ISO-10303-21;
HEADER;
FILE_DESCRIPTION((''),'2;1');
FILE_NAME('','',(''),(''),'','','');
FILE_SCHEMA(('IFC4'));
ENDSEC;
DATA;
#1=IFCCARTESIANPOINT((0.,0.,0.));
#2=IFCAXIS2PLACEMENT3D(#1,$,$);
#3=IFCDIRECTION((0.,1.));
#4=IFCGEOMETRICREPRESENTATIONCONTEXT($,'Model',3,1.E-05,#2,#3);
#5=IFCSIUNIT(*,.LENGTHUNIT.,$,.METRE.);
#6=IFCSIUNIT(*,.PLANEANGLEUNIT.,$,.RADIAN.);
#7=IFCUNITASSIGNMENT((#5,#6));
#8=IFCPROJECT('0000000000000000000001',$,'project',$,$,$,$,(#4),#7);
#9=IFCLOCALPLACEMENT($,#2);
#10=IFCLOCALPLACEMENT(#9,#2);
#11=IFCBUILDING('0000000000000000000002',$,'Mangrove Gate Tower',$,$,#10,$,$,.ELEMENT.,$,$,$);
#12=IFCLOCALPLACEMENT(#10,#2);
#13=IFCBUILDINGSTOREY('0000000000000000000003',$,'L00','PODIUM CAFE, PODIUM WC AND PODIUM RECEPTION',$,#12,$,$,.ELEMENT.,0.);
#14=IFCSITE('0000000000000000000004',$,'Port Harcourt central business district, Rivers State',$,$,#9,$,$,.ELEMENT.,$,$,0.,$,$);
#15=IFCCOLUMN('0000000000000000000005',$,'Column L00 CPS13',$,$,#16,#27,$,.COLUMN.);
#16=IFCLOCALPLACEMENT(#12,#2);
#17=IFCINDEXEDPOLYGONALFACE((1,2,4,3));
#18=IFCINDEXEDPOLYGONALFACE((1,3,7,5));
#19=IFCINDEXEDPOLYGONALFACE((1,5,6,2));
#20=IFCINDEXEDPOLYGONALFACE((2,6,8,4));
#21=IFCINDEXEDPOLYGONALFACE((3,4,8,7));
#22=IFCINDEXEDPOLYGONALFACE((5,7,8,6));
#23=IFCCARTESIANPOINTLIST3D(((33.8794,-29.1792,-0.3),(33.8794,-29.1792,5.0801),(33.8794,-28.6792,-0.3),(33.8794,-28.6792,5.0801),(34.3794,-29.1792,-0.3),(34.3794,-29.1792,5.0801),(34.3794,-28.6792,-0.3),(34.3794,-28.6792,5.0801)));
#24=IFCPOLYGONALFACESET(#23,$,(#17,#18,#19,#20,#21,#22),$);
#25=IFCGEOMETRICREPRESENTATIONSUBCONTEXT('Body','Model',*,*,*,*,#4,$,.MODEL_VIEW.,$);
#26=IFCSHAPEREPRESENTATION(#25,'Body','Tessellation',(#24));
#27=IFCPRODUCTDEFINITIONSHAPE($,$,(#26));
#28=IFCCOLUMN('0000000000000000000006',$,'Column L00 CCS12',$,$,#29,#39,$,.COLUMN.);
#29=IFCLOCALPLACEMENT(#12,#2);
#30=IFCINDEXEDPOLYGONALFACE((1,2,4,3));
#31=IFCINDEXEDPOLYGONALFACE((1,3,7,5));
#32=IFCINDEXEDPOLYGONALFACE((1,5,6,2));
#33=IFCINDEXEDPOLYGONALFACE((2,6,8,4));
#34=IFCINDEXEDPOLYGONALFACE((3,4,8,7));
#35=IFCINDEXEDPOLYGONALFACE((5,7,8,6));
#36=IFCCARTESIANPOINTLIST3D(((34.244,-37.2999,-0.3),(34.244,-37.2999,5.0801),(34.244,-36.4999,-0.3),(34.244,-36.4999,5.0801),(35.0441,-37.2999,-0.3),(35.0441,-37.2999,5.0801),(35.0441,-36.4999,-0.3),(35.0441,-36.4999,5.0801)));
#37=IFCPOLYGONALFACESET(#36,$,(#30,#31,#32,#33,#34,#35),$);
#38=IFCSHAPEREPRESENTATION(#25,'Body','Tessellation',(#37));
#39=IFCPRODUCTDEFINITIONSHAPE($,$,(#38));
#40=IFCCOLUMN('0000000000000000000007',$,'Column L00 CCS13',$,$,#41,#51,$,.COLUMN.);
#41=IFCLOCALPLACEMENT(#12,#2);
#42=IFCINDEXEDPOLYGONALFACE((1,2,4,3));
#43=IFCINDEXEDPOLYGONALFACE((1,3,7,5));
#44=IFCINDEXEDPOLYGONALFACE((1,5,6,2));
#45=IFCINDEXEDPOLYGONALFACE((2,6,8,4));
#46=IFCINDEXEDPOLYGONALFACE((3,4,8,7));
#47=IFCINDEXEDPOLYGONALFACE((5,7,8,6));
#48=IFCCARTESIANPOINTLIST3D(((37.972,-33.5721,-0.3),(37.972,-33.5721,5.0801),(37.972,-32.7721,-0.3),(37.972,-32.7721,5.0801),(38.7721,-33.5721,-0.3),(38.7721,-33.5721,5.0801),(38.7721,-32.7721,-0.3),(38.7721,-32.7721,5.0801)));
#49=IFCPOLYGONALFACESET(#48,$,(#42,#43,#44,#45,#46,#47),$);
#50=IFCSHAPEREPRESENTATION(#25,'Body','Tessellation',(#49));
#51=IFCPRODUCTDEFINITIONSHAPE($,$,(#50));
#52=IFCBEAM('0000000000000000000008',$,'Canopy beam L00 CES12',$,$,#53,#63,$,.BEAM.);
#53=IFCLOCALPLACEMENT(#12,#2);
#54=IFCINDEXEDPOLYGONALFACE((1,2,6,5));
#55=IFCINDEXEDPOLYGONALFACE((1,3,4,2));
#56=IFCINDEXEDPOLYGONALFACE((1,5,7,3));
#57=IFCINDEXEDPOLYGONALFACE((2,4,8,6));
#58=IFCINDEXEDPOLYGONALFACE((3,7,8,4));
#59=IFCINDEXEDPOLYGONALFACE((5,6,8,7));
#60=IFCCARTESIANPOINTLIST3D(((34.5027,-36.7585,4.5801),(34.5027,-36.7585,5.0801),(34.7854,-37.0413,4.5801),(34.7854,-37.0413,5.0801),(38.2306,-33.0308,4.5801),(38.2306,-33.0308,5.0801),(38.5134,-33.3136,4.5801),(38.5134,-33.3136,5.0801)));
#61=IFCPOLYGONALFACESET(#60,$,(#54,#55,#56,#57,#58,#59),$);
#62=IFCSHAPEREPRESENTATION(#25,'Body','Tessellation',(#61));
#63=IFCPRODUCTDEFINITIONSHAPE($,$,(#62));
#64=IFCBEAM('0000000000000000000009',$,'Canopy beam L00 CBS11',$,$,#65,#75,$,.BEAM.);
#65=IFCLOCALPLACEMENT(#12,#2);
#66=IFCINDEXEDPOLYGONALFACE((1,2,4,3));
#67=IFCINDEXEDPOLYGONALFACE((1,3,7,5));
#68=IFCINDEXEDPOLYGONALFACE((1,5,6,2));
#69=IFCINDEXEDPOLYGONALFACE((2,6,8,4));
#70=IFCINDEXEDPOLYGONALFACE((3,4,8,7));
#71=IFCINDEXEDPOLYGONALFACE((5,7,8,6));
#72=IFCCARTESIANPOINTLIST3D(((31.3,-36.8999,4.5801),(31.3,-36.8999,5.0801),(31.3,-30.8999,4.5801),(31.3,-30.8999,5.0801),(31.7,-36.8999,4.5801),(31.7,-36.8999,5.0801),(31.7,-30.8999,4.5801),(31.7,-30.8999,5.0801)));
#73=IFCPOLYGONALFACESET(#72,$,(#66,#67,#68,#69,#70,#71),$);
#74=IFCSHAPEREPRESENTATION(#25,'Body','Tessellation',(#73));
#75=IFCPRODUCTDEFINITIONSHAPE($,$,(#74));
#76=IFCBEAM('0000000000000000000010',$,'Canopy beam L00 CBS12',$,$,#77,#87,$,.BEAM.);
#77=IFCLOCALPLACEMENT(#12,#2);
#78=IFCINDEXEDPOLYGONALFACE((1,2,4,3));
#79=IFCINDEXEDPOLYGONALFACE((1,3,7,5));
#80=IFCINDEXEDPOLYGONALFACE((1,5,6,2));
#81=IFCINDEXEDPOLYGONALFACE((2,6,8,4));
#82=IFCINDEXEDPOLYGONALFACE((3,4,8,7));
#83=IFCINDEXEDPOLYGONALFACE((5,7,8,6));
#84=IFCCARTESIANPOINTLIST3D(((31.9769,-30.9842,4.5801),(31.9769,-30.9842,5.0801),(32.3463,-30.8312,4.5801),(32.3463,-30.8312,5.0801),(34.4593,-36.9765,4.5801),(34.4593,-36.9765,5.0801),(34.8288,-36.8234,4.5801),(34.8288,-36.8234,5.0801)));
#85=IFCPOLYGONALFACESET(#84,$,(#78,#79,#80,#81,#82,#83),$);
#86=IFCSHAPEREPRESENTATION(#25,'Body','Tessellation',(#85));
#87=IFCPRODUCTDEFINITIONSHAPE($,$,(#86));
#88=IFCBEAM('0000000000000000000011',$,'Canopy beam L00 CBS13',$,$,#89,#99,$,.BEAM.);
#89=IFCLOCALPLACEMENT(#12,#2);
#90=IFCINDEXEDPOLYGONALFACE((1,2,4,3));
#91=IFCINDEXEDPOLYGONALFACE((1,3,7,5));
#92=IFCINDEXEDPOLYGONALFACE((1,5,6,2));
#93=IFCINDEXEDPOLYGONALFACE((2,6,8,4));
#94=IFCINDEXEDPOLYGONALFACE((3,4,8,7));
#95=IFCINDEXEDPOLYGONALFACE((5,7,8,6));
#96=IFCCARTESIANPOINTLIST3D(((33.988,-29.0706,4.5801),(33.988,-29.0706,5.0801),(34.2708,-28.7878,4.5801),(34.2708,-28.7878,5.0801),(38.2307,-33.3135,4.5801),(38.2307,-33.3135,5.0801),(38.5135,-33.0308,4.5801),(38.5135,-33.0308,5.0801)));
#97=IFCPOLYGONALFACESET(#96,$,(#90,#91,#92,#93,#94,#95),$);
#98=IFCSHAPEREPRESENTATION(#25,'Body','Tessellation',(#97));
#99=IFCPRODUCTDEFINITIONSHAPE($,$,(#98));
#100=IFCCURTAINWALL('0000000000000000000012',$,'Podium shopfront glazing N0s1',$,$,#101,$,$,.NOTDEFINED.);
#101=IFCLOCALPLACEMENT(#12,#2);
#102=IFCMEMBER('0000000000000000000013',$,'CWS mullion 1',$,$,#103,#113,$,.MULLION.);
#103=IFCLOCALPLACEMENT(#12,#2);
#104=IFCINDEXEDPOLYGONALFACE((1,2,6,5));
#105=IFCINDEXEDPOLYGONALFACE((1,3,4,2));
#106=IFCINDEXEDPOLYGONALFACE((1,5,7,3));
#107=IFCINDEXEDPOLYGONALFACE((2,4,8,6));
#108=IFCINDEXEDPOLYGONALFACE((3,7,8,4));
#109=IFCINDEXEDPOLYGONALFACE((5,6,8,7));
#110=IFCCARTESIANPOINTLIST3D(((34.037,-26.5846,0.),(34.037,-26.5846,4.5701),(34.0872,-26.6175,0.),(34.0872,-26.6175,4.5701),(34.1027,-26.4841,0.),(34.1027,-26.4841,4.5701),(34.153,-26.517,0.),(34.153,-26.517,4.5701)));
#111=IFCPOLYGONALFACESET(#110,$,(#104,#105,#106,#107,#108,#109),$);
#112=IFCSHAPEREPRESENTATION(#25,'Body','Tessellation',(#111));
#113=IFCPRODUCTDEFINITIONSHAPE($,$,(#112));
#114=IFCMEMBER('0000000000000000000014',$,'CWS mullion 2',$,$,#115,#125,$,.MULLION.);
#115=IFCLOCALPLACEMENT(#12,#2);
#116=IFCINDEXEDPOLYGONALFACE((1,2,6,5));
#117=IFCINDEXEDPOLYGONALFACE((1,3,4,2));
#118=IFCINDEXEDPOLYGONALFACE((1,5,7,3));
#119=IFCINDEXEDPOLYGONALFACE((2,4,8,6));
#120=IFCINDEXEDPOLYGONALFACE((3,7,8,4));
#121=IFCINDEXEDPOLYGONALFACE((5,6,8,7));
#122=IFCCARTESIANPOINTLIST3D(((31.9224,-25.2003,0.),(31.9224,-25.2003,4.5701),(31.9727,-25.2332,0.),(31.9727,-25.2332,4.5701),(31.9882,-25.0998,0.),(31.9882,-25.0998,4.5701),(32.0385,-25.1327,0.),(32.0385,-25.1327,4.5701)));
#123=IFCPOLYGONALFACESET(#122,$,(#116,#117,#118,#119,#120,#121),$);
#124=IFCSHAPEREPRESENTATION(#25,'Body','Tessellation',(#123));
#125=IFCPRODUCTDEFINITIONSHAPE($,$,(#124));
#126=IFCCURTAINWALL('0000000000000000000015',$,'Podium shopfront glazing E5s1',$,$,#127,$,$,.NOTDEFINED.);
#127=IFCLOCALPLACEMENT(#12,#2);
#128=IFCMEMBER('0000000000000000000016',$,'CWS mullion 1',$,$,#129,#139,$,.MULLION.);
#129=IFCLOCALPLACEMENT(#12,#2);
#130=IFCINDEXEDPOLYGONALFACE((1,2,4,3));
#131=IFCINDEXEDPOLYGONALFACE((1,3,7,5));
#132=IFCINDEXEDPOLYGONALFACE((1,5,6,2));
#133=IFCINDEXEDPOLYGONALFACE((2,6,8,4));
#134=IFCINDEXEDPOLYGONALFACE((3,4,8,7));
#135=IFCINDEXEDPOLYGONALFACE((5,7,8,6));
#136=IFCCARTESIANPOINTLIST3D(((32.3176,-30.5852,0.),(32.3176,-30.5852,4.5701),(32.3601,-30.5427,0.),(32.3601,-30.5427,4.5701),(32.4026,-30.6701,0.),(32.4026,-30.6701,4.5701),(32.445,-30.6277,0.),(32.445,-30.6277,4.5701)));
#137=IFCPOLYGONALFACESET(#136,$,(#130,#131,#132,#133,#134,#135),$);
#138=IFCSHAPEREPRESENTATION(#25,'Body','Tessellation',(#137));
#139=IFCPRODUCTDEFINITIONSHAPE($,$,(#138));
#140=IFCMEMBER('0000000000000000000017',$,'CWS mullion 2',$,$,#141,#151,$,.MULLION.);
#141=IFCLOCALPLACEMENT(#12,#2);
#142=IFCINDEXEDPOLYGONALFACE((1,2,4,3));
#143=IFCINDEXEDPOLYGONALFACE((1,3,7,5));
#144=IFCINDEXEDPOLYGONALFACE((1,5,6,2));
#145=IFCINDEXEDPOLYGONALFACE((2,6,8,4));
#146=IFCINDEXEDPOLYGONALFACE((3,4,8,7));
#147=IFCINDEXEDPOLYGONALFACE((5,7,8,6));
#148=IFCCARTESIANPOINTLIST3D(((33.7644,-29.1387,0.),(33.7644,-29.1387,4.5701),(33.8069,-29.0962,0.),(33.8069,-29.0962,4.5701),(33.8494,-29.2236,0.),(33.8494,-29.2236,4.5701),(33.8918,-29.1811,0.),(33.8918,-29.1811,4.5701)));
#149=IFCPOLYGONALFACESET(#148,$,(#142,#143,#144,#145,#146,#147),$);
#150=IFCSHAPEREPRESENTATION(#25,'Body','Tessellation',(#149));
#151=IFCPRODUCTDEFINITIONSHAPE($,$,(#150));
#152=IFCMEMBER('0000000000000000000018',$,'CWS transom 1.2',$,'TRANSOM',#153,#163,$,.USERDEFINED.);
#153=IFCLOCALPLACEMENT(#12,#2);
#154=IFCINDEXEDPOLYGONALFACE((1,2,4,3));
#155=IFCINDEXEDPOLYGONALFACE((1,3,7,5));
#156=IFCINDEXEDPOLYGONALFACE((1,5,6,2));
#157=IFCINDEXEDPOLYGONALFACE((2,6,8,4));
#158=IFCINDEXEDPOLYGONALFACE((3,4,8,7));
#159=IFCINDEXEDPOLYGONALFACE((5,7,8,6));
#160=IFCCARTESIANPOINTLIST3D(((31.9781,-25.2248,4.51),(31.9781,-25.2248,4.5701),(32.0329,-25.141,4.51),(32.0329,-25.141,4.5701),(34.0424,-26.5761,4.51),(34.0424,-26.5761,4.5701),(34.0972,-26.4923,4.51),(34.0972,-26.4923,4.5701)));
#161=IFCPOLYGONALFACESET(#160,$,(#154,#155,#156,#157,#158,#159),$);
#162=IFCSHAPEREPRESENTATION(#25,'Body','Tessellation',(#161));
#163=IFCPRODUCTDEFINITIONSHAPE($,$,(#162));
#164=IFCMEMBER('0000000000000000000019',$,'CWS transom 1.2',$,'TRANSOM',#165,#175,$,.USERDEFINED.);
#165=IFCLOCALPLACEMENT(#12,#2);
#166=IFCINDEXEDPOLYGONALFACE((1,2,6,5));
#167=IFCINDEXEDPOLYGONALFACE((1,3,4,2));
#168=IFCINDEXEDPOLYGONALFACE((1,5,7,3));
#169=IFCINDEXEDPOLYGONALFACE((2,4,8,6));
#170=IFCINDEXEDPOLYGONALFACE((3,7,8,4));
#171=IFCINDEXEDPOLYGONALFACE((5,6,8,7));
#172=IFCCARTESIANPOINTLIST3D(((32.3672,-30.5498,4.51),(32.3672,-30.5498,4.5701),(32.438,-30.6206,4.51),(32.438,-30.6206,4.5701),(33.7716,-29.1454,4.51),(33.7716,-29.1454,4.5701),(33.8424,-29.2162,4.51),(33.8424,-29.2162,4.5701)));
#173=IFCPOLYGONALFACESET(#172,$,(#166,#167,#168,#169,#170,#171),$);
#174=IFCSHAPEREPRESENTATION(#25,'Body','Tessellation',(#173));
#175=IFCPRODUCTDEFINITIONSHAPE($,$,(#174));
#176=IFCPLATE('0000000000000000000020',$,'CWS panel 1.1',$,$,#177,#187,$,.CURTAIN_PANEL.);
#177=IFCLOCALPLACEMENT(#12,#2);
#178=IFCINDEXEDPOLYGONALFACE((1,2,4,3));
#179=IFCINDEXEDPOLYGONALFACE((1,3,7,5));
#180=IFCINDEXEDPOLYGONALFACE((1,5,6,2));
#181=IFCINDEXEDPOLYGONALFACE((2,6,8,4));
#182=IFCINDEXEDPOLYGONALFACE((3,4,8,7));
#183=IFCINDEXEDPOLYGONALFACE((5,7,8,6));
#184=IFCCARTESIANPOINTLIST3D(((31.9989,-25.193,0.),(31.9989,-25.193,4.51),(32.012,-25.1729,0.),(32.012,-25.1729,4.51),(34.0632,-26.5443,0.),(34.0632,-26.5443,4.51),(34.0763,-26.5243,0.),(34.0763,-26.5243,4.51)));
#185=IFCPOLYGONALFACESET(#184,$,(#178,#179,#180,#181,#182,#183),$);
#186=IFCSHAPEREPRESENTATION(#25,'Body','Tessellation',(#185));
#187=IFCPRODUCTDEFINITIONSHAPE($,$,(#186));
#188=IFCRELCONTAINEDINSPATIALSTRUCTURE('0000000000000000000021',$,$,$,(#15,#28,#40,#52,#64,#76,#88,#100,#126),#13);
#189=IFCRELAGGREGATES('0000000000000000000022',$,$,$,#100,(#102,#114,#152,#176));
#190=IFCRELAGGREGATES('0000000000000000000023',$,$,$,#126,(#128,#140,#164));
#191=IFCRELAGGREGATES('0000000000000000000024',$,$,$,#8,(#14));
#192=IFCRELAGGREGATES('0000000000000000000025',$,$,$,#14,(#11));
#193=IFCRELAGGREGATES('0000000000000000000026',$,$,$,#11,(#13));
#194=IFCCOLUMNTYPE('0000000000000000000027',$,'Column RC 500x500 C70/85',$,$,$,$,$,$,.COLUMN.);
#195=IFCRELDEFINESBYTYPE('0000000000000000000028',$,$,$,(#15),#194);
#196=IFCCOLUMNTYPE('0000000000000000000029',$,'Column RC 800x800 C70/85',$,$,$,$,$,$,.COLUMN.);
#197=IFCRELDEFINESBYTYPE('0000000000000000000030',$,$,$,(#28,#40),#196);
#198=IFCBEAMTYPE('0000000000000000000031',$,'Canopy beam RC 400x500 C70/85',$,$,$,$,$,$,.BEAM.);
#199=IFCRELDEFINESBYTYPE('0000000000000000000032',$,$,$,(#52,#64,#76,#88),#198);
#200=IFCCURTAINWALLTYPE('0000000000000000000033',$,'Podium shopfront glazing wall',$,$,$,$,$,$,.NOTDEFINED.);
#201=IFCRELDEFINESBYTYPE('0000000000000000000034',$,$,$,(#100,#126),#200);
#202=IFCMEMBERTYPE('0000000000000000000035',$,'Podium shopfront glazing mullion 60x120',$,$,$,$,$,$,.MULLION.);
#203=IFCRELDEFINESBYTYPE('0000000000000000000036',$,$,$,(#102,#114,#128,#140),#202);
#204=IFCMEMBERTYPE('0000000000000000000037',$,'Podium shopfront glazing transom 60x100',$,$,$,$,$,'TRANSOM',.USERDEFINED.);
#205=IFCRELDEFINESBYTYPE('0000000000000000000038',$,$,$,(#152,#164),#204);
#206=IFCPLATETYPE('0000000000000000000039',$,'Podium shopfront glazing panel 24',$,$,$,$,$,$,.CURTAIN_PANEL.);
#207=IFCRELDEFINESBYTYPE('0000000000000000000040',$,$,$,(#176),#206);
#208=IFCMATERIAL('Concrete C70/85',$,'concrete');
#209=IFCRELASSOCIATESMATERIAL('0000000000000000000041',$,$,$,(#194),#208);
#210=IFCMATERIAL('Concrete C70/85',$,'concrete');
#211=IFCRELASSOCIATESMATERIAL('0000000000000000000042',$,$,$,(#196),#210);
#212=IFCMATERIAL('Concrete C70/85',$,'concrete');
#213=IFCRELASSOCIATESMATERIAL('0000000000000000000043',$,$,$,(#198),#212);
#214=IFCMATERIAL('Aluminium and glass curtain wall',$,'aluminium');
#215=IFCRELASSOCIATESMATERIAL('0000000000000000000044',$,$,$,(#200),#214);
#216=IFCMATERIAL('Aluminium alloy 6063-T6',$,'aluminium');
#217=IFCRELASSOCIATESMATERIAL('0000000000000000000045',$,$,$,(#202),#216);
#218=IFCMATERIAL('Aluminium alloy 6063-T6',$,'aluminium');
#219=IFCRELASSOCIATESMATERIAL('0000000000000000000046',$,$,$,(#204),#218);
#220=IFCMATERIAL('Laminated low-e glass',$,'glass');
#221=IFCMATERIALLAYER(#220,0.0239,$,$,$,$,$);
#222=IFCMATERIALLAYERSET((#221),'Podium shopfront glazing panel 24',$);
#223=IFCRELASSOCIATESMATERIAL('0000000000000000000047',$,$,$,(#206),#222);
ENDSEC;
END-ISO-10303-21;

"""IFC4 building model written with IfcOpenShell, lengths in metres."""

from ifc_helpers import new_model, si_unit, direction, frame, origin, origin_2d, place, context, subcontext, project, spatial, rectangle, extrude, material, layer, layer_set, material_profile, profile_set, type_object, element, aggregate, save


model = new_model("IFC4")

# Units and contexts
model_context = context("Model", 3, precision=1e-05, world=origin(), true_north=direction((0.0, 1.0)))
body_context = subcontext(model_context, "Body", "Model", "MODEL_VIEW")
ifc_project = project(units=[si_unit("LENGTHUNIT", "METRE"), si_unit("PLANEANGLEUNIT", "RADIAN")], contexts=[model_context])

# Site, building, storey
site_placement = place(None, origin())
site = spatial("IfcSite", under=ifc_project, at=site_placement, Name="Port Harcourt central business district, Rivers State", CompositionType="ELEMENT", RefElevation=0.0)
building_placement = place(site_placement, origin())
building = spatial("IfcBuilding", under=site, at=building_placement, Name="Mangrove Gate Tower", CompositionType="ELEMENT")
storey_placement = place(building_placement, origin())
storey = spatial("IfcBuildingStorey", under=building, at=storey_placement, Name="L00", Description="PODIUM CAFE, PODIUM WC AND PODIUM RECEPTION", CompositionType="ELEMENT", Elevation=0.0)

# Columns
ifc_material_1 = material(Name="Concrete C70/85", Category="concrete")
ifc_material_profile_1 = material_profile(ifc_material_1, rectangle(XDim=0.5, YDim=0.5, at=origin_2d()))
ifc_profile_set_1 = profile_set([ifc_material_profile_1], Name="Concrete C70/85")
column_type_1 = type_object("IfcColumnType", Name="Column RC 500x500 C70/85", PredefinedType="COLUMN", material=ifc_profile_set_1)
for number, where, z_axis, x_axis, name in (
    (1, (34.1294, -28.9292, -0.3), (0.0, 0.0, 1.0), (1.0, 0.0, 0.0), "Column L00 CPS13"),
):
    element("IfcColumn", number, at=place(storey_placement, frame(where, z_axis=z_axis, x_axis=x_axis)), inside=storey, type_object=column_type_1, Name=name, PredefinedType="COLUMN", context=body_context, shape_type="SweptSolid", body=[
        extrude(rectangle(XDim=0.5, YDim=0.5, at=origin_2d()), origin(), (0.0, 0.0, 1.0), 5.3801),
    ])
ifc_material_2 = material(Name="Concrete C70/85", Category="concrete")
ifc_material_profile_2 = material_profile(ifc_material_2, rectangle(XDim=0.8, YDim=0.8, at=origin_2d()))
ifc_profile_set_2 = profile_set([ifc_material_profile_2], Name="Concrete C70/85")
column_type_2 = type_object("IfcColumnType", Name="Column RC 800x800 C70/85", PredefinedType="COLUMN", material=ifc_profile_set_2)
for number, where, z_axis, x_axis, name in (
    (2, (34.644, -36.8999, -0.3), (0.0, 0.0, 1.0), (1.0, 0.0, 0.0), "Column L00 CCS12"),
    (3, (38.3721, -33.1721, -0.3), (0.0, 0.0, 1.0), (1.0, 0.0, 0.0), "Column L00 CCS13"),
):
    element("IfcColumn", number, at=place(storey_placement, frame(where, z_axis=z_axis, x_axis=x_axis)), inside=storey, type_object=column_type_2, Name=name, PredefinedType="COLUMN", context=body_context, shape_type="SweptSolid", body=[
        extrude(rectangle(XDim=0.8, YDim=0.8, at=origin_2d()), origin(), (0.0, 0.0, 1.0), 5.3801),
    ])

# Beams
ifc_material_3 = material(Name="Concrete C70/85", Category="concrete")
ifc_material_profile_3 = material_profile(ifc_material_3, rectangle(XDim=0.3999, YDim=0.5, at=origin_2d()))
ifc_profile_set_3 = profile_set([ifc_material_profile_3], Name="Concrete C70/85")
beam_type = type_object("IfcBeamType", Name="Canopy beam RC 400x500 C70/85", PredefinedType="BEAM", material=ifc_profile_set_3)
beam_1_placement = place(storey_placement, frame((34.644, -36.8999, 4.8301), z_axis=(0.70713, 0.707084, 0.0), x_axis=(-0.707084, 0.70713, 0.0)))
element("IfcBeam", 4, at=beam_1_placement, inside=storey, type_object=beam_type, Name="Canopy beam L00 CES12", PredefinedType="BEAM", context=body_context, shape_type="SweptSolid", body=[
    extrude(rectangle(XDim=0.3999, YDim=0.5, at=origin_2d()), origin(), (0.0, 0.0, 1.0), 5.272),
])
beam_2_placement = place(storey_placement, frame((31.5, -30.8999, 4.8301), z_axis=(0.0, -1.0, 0.0), x_axis=(1.0, 0.0, 0.0)))
element("IfcBeam", 5, at=beam_2_placement, inside=storey, type_object=beam_type, Name="Canopy beam L00 CBS11", PredefinedType="BEAM", context=body_context, shape_type="SweptSolid", body=[
    extrude(rectangle(XDim=0.3999, YDim=0.5, at=origin_2d()), origin(), (0.0, 0.0, 1.0), 6.0),
])
beam_3_placement = place(storey_placement, frame((32.1616, -30.9077, 4.8301), z_axis=(0.382733, -0.923859, 0.0), x_axis=(0.923859, 0.382733, 0.0)))
element("IfcBeam", 6, at=beam_3_placement, inside=storey, type_object=beam_type, Name="Canopy beam L00 CBS12", PredefinedType="BEAM", context=body_context, shape_type="SweptSolid", body=[
    extrude(rectangle(XDim=0.3999, YDim=0.5, at=origin_2d()), origin(), (0.0, 0.0, 1.0), 6.4861),
])
beam_4_placement = place(storey_placement, frame((34.1294, -28.9292, 4.8301), z_axis=(0.707086, -0.707127, 0.0), x_axis=(0.707127, 0.707086, 0.0)))
element("IfcBeam", 7, at=beam_4_placement, inside=storey, type_object=beam_type, Name="Canopy beam L00 CBS13", PredefinedType="BEAM", context=body_context, shape_type="SweptSolid", body=[
    extrude(rectangle(XDim=0.3999, YDim=0.5, at=origin_2d()), origin(), (0.0, 0.0, 1.0), 6.0002),
])

# Curtain walls, members
ifc_material_4 = material(Name="Aluminium and glass curtain wall", Category="aluminium")
curtain_wall_type = type_object("IfcCurtainWallType", Name="Podium shopfront glazing wall", PredefinedType="NOTDEFINED", material=ifc_material_4)
curtain_wall_1_placement = place(storey_placement, origin())
curtain_wall_1 = element("IfcCurtainWall", 8, at=curtain_wall_1_placement, inside=storey, type_object=curtain_wall_type, Name="Podium shopfront glazing N0s1", PredefinedType="NOTDEFINED")
ifc_material_5 = material(Name="Aluminium alloy 6063-T6", Category="aluminium")
ifc_material_profile_4 = material_profile(ifc_material_5, rectangle(XDim=0.0601, YDim=0.1201, at=origin_2d()))
ifc_profile_set_4 = profile_set([ifc_material_profile_4], Name="Aluminium alloy 6063-T6")
member_type_1 = type_object("IfcMemberType", Name="Podium shopfront glazing mullion 60x120", PredefinedType="MULLION", material=ifc_profile_set_4)
member_1_placement = place(storey_placement, frame((34.095, -26.5508, 0.0), z_axis=(0.0, 0.0, 1.0), x_axis=(-0.836659, 0.547725, 0.0)))
member_1 = element("IfcMember", 9, at=member_1_placement, type_object=member_type_1, Name="CWS mullion 1", PredefinedType="MULLION", context=body_context, shape_type="SweptSolid", body=[
    extrude(rectangle(XDim=0.0601, YDim=0.1201, at=origin_2d()), origin(), (0.0, 0.0, 1.0), 4.5701),
])
member_2_placement = place(storey_placement, frame((31.9805, -25.1665, 0.0), z_axis=(0.0, 0.0, 1.0), x_axis=(-0.836659, 0.547725, 0.0)))
member_2 = element("IfcMember", 10, at=member_2_placement, type_object=member_type_1, Name="CWS mullion 2", PredefinedType="MULLION", context=body_context, shape_type="SweptSolid", body=[
    extrude(rectangle(XDim=0.0601, YDim=0.1201, at=origin_2d()), origin(), (0.0, 0.0, 1.0), 4.5701),
])
curtain_wall_2_placement = place(storey_placement, origin())
curtain_wall_2 = element("IfcCurtainWall", 11, at=curtain_wall_2_placement, inside=storey, type_object=curtain_wall_type, Name="Podium shopfront glazing E5s1", PredefinedType="NOTDEFINED")
member_3_placement = place(storey_placement, frame((32.3813, -30.6064, 0.0), z_axis=(0.0, 0.0, 1.0), x_axis=(0.707107, 0.707107, 0.0)))
member_3 = element("IfcMember", 12, at=member_3_placement, type_object=member_type_1, Name="CWS mullion 1", PredefinedType="MULLION", context=body_context, shape_type="SweptSolid", body=[
    extrude(rectangle(XDim=0.0601, YDim=0.1201, at=origin_2d()), origin(), (0.0, 0.0, 1.0), 4.5701),
])
member_4_placement = place(storey_placement, frame((33.8281, -29.1599, 0.0), z_axis=(0.0, 0.0, 1.0), x_axis=(0.707107, 0.707107, 0.0)))
member_4 = element("IfcMember", 13, at=member_4_placement, type_object=member_type_1, Name="CWS mullion 2", PredefinedType="MULLION", context=body_context, shape_type="SweptSolid", body=[
    extrude(rectangle(XDim=0.0601, YDim=0.1201, at=origin_2d()), origin(), (0.0, 0.0, 1.0), 4.5701),
])

# Members
ifc_material_6 = material(Name="Aluminium alloy 6063-T6", Category="aluminium")
ifc_material_profile_5 = material_profile(ifc_material_6, rectangle(XDim=0.0601, YDim=0.1001, at=origin_2d()))
ifc_profile_set_5 = profile_set([ifc_material_profile_5], Name="Aluminium alloy 6063-T6")
member_type_2 = type_object("IfcMemberType", Name="Podium shopfront glazing transom 60x100", ElementType="TRANSOM", PredefinedType="USERDEFINED", material=ifc_profile_set_5)
member_5_placement = place(storey_placement, frame((34.0698, -26.5342, 4.54), z_axis=(-0.836694, 0.547671, 0.0), x_axis=(0.0, 0.0, 1.0)))
member_5 = element("IfcMember", 14, at=member_5_placement, type_object=member_type_2, Name="CWS transom 1.2", ObjectType="TRANSOM", PredefinedType="USERDEFINED", context=body_context, shape_type="SweptSolid", body=[
    extrude(rectangle(XDim=0.0601, YDim=0.1001, at=origin_2d()), origin(), (0.0, 0.0, 1.0), 2.4673),
])
member_6_placement = place(storey_placement, frame((32.4026, -30.5852, 4.54), z_axis=(0.707107, 0.707107, 0.0), x_axis=(0.0, 0.0, 1.0)))
member_6 = element("IfcMember", 15, at=member_6_placement, type_object=member_type_2, Name="CWS transom 1.2", ObjectType="TRANSOM", PredefinedType="USERDEFINED", context=body_context, shape_type="SweptSolid", body=[
    extrude(rectangle(XDim=0.0601, YDim=0.1001, at=origin_2d()), origin(), (0.0, 0.0, 1.0), 1.9861),
])

# Plate
ifc_material_7 = material(Name="Laminated low-e glass", Category="glass")
ifc_layer_1 = layer(ifc_material_7, 0.0239)
ifc_layer_set_1 = layer_set([ifc_layer_1], Name="Podium shopfront glazing panel 24")
plate_type = type_object("IfcPlateType", Name="Podium shopfront glazing panel 24", PredefinedType="CURTAIN_PANEL", material=ifc_layer_set_1)
plate_1_placement = place(storey_placement, frame((33.0376, -25.8586, 0.0), z_axis=(0.0, 0.0, 1.0), x_axis=(-0.836659, 0.547725, 0.0)))
plate_1 = element("IfcPlate", 16, at=plate_1_placement, type_object=plate_type, Name="CWS panel 1.1", PredefinedType="CURTAIN_PANEL", context=body_context, shape_type="SweptSolid", body=[
    extrude(rectangle(XDim=2.4673, YDim=0.0239, at=origin_2d()), origin(), (0.0, 0.0, 1.0), 4.51),
])
aggregate(curtain_wall_1, [member_1, member_2, member_5, plate_1])
aggregate(curtain_wall_2, [member_3, member_4, member_6])

save(model, "model.ifc")
